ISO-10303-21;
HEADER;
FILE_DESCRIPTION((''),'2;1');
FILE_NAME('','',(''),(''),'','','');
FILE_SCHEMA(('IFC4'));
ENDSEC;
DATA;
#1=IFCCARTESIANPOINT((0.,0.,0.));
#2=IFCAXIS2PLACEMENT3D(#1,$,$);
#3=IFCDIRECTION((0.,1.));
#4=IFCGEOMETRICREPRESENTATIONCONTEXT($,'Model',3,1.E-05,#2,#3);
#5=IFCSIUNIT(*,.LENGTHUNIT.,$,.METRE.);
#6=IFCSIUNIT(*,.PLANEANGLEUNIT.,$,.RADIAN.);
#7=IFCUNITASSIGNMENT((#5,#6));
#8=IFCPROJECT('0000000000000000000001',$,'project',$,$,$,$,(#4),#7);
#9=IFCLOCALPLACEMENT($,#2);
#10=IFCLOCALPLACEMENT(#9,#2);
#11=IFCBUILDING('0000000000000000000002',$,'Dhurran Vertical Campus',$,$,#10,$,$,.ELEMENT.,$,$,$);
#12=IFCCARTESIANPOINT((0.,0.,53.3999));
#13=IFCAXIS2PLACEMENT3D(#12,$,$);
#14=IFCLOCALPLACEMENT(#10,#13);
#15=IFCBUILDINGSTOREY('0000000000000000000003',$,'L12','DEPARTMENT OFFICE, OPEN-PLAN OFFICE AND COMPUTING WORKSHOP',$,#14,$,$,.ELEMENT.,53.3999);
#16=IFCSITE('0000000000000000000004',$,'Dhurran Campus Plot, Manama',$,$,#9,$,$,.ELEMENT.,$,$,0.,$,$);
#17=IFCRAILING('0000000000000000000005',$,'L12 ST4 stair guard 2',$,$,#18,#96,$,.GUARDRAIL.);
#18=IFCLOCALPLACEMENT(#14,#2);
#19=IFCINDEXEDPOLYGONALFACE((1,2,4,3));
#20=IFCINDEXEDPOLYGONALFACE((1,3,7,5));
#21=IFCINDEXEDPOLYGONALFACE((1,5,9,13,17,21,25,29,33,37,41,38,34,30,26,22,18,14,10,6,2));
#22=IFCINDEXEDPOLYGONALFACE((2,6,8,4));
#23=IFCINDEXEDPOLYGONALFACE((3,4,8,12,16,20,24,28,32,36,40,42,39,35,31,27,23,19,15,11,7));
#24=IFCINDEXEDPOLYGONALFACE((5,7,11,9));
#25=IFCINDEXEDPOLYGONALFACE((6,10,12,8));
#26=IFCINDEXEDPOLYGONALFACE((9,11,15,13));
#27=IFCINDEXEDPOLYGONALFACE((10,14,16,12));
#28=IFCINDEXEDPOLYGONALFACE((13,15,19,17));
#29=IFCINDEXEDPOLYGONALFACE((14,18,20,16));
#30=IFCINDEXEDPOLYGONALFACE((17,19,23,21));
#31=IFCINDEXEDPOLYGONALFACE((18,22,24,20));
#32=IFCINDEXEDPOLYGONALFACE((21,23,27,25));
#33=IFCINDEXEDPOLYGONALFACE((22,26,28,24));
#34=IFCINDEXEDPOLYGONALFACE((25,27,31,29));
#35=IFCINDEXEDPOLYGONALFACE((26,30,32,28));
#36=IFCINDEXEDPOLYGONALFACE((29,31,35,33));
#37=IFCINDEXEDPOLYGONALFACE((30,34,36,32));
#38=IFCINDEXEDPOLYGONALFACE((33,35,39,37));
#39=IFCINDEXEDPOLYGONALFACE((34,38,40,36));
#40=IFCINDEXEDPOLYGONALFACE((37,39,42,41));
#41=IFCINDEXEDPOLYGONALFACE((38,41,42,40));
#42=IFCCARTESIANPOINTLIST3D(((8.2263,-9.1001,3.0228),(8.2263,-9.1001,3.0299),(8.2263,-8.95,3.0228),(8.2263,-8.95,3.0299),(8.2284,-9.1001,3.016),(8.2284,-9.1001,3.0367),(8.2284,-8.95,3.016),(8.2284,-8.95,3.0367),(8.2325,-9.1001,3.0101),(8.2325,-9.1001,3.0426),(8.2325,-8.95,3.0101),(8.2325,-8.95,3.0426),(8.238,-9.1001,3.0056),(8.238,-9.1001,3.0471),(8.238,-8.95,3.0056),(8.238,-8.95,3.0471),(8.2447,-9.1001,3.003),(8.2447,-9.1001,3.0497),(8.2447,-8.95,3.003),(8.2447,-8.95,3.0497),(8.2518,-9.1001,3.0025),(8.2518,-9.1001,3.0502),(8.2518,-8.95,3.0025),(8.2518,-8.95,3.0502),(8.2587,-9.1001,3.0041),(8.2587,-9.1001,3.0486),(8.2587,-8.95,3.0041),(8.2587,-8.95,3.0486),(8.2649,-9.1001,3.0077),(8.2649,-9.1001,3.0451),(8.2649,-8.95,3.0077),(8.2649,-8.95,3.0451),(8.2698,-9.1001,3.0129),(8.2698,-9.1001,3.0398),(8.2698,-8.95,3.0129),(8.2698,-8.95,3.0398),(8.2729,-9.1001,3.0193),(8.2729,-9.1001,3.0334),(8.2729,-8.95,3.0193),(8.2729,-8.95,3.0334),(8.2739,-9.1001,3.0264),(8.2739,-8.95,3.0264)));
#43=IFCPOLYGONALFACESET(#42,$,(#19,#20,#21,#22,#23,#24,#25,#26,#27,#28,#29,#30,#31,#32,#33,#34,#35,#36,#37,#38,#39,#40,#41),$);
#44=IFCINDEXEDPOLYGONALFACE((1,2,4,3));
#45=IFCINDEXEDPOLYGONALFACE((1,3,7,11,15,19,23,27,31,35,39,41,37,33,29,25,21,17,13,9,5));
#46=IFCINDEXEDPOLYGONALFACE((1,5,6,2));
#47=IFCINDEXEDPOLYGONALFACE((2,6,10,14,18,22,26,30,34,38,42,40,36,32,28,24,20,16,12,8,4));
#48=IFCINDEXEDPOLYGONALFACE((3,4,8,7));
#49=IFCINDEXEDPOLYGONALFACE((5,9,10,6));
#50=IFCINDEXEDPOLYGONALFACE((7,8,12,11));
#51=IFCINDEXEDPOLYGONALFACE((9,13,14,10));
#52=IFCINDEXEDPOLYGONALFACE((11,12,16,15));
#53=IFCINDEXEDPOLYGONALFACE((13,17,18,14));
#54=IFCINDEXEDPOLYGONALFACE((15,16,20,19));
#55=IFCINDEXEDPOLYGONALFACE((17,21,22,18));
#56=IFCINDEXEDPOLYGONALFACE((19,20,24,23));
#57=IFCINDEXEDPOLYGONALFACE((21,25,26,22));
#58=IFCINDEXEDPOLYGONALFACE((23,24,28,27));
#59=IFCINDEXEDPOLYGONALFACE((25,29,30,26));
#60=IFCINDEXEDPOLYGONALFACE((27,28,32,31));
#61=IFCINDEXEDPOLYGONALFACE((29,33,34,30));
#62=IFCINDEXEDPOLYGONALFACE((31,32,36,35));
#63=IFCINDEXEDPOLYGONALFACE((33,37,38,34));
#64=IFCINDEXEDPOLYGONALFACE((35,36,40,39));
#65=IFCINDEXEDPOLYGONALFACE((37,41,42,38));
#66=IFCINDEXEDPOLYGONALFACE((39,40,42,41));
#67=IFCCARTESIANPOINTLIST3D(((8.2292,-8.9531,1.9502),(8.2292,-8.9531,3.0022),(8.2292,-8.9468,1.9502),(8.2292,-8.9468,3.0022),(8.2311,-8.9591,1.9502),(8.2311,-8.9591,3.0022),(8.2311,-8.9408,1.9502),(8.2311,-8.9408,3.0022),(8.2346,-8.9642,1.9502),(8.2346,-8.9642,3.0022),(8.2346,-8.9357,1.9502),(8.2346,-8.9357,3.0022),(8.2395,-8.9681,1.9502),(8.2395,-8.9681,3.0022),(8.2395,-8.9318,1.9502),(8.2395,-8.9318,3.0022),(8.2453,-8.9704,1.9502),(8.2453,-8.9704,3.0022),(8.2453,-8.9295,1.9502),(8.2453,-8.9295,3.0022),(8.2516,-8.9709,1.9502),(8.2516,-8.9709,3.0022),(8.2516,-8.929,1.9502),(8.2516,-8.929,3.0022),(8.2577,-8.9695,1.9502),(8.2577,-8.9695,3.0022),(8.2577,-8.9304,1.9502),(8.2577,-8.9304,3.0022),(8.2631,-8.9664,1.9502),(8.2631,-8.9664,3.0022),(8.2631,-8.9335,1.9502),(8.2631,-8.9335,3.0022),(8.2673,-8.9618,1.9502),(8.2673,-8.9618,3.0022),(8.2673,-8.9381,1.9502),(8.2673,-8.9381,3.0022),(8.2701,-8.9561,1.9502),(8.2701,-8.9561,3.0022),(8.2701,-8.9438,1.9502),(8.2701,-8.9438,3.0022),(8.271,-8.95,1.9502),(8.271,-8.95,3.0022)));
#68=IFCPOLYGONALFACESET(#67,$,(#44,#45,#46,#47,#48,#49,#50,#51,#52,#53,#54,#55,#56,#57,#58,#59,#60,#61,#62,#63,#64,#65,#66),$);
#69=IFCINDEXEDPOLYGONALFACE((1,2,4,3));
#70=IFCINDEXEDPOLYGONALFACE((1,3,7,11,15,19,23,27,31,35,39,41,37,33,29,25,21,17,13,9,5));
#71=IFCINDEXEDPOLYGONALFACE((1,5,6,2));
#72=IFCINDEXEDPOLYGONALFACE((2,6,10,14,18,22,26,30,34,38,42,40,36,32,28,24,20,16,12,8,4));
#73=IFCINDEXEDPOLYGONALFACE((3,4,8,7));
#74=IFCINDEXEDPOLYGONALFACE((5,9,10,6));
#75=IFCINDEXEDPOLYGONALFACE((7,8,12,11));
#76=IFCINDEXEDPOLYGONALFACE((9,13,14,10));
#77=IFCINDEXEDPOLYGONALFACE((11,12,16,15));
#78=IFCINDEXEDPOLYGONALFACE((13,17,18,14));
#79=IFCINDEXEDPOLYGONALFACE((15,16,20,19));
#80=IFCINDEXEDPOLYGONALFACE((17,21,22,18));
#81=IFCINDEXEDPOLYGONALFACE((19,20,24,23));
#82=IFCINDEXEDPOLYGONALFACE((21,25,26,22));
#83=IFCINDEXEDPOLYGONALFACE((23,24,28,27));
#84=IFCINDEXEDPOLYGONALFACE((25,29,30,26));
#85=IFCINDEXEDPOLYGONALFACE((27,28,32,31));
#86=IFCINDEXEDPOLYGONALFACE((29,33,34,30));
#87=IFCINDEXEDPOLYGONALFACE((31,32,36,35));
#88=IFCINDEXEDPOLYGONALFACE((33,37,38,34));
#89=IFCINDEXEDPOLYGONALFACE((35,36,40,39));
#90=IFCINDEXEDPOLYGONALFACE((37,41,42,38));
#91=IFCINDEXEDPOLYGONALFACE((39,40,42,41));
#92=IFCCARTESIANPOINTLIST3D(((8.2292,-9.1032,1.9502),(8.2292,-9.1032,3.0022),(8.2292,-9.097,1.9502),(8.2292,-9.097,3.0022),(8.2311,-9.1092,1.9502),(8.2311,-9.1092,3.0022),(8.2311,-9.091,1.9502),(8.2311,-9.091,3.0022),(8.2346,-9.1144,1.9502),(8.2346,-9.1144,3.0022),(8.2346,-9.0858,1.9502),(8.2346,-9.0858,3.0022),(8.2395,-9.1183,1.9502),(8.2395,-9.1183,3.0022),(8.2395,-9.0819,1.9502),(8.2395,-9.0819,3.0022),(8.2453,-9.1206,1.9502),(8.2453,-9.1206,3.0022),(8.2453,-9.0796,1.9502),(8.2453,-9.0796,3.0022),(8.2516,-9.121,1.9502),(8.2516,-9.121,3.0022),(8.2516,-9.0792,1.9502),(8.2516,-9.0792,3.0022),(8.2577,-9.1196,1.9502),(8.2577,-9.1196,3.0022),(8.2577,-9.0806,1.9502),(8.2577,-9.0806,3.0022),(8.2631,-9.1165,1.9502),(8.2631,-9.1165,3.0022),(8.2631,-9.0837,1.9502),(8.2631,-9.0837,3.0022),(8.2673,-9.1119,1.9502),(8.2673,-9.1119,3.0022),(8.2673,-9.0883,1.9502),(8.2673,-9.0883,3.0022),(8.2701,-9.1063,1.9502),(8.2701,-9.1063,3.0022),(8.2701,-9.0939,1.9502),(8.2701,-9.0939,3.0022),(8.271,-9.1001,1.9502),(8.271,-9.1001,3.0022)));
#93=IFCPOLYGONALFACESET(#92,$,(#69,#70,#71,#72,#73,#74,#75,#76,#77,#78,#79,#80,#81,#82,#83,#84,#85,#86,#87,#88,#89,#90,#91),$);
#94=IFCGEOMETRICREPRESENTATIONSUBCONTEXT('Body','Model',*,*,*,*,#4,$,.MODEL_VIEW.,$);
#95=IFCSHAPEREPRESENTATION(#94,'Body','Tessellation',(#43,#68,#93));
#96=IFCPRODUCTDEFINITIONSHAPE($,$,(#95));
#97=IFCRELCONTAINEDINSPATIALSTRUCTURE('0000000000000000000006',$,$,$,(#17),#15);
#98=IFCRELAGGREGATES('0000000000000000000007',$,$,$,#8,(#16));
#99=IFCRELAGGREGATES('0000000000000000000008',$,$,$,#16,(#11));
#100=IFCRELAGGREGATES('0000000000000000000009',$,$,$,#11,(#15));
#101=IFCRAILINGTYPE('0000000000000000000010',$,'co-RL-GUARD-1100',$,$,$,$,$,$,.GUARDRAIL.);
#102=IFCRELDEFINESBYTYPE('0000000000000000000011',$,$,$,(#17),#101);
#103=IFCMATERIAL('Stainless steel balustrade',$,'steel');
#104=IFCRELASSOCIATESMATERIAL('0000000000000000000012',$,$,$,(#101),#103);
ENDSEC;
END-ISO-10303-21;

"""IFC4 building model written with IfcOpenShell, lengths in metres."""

from ifc_helpers import new_model, si_unit, direction, frame, origin, origin_2d, place, context, subcontext, project, spatial, circle, extrude, material, type_object, element, save


model = new_model("IFC4")

# Units and contexts
model_context = context("Model", 3, precision=1e-05, world=origin(), true_north=direction((0.0, 1.0)))
body_context = subcontext(model_context, "Body", "Model", "MODEL_VIEW")
ifc_project = project(units=[si_unit("LENGTHUNIT", "METRE"), si_unit("PLANEANGLEUNIT", "RADIAN")], contexts=[model_context])

# Site, building, storey
site_placement = place(None, origin())
site = spatial("IfcSite", under=ifc_project, at=site_placement, Name="Dhurran Campus Plot, Manama", CompositionType="ELEMENT", RefElevation=0.0)
building_placement = place(site_placement, origin())
building = spatial("IfcBuilding", under=site, at=building_placement, Name="Dhurran Vertical Campus", CompositionType="ELEMENT")
storey_placement = place(building_placement, frame((0.0, 0.0, 53.3999)))
storey = spatial("IfcBuildingStorey", under=building, at=storey_placement, Name="L12", Description="DEPARTMENT OFFICE, OPEN-PLAN OFFICE AND COMPUTING WORKSHOP", CompositionType="ELEMENT", Elevation=53.3999)

# Railing
ifc_material_1 = material(Name="Stainless steel balustrade", Category="steel")
railing_type_1 = type_object("IfcRailingType", Name="co-RL-GUARD-1100", PredefinedType="GUARDRAIL", material=ifc_material_1)
railing_1_placement = place(storey_placement, frame((8.25, -8.95, 1.9502)))
element("IfcRailing", 1, at=railing_1_placement, inside=storey, type_object=railing_type_1, Name="L12 ST4 stair guard 2", PredefinedType="GUARDRAIL", context=body_context, shape_type="SweptSolid", body=[
    extrude(circle(Radius=0.0239, at=origin_2d()), frame((0.0, 0.0, 1.0762), z_axis=(0.0, -1.0, 0.0), x_axis=(1.0, 0.0, 0.0)), (0.0, 0.0, 1.0), 0.1501),
    extrude(circle(Radius=0.021, at=origin_2d()), origin(), (0.0, 0.0, 1.0), 1.052),
    extrude(circle(Radius=0.021, at=origin_2d()), frame((0.0, -0.1501, 0.0)), (0.0, 0.0, 1.0), 1.052),
])

save(model, "model.ifc")
